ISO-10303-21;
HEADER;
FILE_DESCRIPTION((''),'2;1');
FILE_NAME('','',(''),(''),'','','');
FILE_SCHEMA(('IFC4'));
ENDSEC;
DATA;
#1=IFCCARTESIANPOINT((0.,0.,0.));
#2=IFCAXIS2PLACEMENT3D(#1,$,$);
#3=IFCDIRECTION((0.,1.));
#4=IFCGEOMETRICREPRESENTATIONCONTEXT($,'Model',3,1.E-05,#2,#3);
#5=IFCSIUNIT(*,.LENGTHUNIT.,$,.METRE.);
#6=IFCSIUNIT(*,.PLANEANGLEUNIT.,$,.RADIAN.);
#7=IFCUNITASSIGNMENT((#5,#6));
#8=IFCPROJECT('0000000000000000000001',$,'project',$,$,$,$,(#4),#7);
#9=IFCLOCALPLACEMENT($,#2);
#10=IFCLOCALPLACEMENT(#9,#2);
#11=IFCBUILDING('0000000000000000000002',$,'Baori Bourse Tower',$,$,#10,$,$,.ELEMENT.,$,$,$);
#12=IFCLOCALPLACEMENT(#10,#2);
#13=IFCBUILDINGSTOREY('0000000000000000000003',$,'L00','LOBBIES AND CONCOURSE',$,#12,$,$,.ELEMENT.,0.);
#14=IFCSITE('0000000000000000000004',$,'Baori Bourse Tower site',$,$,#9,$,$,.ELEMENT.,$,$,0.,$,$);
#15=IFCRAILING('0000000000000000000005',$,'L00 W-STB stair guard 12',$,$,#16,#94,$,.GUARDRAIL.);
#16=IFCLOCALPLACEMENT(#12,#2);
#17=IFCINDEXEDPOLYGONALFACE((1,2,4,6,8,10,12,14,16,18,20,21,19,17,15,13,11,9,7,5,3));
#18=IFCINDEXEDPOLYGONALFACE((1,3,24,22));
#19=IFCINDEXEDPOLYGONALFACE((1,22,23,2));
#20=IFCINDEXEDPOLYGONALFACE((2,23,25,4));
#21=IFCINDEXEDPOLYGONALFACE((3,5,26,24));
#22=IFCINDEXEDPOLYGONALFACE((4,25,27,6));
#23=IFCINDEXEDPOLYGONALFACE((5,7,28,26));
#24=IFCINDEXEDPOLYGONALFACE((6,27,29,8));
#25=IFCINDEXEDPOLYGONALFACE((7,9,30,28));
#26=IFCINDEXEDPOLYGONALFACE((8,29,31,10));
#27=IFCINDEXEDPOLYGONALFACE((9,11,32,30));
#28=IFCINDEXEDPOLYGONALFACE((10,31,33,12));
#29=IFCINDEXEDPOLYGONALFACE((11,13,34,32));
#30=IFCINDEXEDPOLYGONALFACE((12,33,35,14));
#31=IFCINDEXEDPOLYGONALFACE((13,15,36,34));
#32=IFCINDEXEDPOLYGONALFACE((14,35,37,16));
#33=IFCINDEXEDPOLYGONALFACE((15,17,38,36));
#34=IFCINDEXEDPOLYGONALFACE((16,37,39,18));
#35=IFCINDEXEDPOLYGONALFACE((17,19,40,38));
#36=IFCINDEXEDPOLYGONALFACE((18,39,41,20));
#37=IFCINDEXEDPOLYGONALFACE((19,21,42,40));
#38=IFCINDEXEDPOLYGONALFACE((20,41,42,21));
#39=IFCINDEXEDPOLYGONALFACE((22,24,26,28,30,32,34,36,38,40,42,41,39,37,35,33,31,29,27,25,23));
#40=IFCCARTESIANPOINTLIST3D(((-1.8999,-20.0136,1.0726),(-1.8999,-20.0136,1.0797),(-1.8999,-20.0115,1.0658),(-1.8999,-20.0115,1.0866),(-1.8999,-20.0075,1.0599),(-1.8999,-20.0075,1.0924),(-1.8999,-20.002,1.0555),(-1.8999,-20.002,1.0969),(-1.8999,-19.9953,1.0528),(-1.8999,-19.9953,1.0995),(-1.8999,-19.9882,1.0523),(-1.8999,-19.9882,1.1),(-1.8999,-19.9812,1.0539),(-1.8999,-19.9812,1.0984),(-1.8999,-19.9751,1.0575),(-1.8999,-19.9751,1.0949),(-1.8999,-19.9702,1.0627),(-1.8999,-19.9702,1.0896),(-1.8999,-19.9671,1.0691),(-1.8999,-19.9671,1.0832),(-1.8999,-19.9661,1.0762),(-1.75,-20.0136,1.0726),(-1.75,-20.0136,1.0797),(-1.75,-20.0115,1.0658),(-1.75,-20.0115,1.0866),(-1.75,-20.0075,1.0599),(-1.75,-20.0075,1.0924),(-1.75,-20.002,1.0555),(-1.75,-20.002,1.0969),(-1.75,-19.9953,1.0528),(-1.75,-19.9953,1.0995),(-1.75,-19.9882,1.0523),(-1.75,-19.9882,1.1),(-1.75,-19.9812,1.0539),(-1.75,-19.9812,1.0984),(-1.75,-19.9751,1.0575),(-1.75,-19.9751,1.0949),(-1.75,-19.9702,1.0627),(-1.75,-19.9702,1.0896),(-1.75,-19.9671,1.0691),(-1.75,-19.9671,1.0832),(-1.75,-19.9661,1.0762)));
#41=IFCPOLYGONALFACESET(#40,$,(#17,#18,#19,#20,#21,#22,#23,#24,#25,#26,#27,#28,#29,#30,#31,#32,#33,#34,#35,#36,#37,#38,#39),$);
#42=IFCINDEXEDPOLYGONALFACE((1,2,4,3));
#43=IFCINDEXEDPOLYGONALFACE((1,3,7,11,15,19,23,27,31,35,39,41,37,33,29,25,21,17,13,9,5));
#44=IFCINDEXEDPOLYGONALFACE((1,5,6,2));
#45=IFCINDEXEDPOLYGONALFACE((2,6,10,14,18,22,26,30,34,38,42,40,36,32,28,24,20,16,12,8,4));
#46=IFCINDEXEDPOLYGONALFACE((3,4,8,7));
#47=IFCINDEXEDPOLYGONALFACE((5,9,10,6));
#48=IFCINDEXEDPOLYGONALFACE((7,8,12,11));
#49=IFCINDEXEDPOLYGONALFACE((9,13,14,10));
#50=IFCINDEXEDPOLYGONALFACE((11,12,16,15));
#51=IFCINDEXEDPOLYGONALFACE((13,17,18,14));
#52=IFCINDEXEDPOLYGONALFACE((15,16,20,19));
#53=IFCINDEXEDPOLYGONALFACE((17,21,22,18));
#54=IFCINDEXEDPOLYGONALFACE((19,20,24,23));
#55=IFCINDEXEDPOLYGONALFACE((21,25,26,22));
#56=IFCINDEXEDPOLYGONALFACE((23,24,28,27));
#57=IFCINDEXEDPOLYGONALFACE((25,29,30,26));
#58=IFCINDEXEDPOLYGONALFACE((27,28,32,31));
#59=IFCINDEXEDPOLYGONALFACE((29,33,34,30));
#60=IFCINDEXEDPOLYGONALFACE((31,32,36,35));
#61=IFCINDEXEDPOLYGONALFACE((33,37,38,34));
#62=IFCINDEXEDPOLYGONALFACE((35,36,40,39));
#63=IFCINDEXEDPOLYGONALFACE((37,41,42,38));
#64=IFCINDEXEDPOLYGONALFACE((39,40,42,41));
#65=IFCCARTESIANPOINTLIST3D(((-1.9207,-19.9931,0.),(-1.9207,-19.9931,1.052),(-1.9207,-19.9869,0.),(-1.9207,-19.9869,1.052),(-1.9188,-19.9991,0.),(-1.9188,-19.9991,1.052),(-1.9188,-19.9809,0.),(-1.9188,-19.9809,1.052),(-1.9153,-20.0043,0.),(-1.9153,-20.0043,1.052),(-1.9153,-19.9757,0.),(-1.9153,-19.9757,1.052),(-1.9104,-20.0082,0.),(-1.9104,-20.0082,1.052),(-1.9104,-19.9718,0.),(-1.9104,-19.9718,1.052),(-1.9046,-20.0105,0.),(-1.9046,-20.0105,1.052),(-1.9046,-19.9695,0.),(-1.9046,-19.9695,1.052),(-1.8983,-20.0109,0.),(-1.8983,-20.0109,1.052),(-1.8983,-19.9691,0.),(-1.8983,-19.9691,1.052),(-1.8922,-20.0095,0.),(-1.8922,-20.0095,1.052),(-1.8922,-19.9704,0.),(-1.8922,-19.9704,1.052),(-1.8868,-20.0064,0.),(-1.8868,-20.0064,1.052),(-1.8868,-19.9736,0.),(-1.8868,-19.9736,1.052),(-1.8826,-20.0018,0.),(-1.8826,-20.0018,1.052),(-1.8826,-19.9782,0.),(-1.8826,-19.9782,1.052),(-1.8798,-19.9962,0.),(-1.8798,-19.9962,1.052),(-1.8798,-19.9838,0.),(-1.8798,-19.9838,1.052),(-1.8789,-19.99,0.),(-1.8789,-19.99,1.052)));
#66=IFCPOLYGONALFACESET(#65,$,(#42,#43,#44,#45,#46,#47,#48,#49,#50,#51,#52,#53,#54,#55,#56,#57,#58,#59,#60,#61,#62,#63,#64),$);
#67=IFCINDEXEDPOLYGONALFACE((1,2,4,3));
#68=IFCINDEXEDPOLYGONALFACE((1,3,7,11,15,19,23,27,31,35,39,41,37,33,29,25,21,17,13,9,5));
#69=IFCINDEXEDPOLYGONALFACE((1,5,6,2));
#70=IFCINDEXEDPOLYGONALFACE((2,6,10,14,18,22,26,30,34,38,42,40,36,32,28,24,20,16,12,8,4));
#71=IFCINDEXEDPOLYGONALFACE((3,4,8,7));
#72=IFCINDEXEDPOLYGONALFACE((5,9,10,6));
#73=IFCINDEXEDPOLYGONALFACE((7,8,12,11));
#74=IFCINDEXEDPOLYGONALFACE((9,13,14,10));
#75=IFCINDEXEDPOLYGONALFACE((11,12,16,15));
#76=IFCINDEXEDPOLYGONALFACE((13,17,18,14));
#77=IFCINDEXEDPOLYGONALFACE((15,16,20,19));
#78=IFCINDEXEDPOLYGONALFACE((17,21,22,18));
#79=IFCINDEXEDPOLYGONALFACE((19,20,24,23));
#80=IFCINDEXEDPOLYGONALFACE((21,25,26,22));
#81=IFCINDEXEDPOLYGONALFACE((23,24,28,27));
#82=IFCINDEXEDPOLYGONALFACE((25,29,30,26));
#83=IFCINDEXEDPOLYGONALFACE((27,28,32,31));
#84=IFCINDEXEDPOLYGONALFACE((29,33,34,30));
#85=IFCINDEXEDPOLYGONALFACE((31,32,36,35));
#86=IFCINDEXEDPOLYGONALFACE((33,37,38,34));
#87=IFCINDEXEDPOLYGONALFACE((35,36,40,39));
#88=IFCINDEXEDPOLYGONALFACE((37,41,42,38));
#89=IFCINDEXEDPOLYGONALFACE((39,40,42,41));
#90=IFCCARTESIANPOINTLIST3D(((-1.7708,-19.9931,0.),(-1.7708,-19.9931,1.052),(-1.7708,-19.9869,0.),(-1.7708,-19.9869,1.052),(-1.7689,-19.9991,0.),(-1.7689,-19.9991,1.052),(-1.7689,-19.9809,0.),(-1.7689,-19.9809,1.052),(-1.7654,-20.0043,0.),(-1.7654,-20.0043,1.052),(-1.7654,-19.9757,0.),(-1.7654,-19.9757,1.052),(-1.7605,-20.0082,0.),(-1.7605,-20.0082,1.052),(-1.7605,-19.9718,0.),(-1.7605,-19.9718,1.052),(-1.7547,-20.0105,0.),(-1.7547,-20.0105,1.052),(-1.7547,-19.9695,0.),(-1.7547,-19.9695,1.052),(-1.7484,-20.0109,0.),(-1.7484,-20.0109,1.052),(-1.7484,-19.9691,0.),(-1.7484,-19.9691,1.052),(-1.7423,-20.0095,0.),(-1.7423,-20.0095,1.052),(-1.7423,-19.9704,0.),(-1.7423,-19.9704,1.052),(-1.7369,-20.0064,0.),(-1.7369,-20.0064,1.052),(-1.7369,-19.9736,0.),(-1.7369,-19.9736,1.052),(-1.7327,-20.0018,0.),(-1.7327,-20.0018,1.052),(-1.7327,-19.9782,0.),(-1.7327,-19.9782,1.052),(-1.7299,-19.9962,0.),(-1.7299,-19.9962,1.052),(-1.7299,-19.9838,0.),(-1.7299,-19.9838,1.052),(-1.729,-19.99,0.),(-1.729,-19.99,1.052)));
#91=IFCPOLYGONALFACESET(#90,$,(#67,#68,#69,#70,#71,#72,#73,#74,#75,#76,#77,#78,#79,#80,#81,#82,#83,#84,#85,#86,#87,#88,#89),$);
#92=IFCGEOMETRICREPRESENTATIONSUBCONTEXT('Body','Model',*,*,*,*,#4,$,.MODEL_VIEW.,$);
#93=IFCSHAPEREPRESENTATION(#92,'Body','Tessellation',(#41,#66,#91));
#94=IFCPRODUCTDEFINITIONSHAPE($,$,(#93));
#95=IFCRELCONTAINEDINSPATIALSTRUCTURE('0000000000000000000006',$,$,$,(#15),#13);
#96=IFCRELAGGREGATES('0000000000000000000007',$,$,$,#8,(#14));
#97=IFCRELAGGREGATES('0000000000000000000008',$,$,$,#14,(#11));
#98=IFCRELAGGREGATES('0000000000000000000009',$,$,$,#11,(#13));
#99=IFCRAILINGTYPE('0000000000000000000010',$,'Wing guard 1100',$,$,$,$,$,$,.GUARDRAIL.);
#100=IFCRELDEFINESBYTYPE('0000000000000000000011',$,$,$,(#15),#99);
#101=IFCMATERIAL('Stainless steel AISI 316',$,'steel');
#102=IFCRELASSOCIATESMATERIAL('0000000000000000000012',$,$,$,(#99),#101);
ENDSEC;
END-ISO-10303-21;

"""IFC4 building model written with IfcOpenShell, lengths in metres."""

from ifc_helpers import new_model, si_unit, direction, frame, origin, origin_2d, place, context, subcontext, project, spatial, circle, extrude, material, type_object, element, save


model = new_model("IFC4")

# Units and contexts
model_context = context("Model", 3, precision=1e-05, world=origin(), true_north=direction((0.0, 1.0)))
body_context = subcontext(model_context, "Body", "Model", "MODEL_VIEW")
ifc_project = project(units=[si_unit("LENGTHUNIT", "METRE"), si_unit("PLANEANGLEUNIT", "RADIAN")], contexts=[model_context])

# Site, building, storey
site_placement = place(None, origin())
site = spatial("IfcSite", under=ifc_project, at=site_placement, Name="Baori Bourse Tower site", CompositionType="ELEMENT", RefElevation=0.0)
building_placement = place(site_placement, origin())
building = spatial("IfcBuilding", under=site, at=building_placement, Name="Baori Bourse Tower", CompositionType="ELEMENT")
storey_placement = place(building_placement, origin())
storey = spatial("IfcBuildingStorey", under=building, at=storey_placement, Name="L00", Description="LOBBIES AND CONCOURSE", CompositionType="ELEMENT", Elevation=0.0)

# Railing
ifc_material_1 = material(Name="Stainless steel AISI 316", Category="steel")
railing_type_1 = type_object("IfcRailingType", Name="Wing guard 1100", PredefinedType="GUARDRAIL", material=ifc_material_1)
railing_1_placement = place(storey_placement, frame((-1.8999, -19.99, 0.0)))
element("IfcRailing", 1, at=railing_1_placement, inside=storey, type_object=railing_type_1, Name="L00 W-STB stair guard 12", PredefinedType="GUARDRAIL", context=body_context, shape_type="SweptSolid", body=[
    extrude(circle(Radius=0.0239, at=origin_2d()), frame((0.0, 0.0, 1.0762), z_axis=(1.0, 0.0, 0.0), x_axis=(0.0, 1.0, 0.0)), (0.0, 0.0, 1.0), 0.1499),
    extrude(circle(Radius=0.021, at=origin_2d()), origin(), (0.0, 0.0, 1.0), 1.052),
    extrude(circle(Radius=0.021, at=origin_2d()), frame((0.1499, 0.0, 0.0)), (0.0, 0.0, 1.0), 1.052),
])

save(model, "model.ifc")
